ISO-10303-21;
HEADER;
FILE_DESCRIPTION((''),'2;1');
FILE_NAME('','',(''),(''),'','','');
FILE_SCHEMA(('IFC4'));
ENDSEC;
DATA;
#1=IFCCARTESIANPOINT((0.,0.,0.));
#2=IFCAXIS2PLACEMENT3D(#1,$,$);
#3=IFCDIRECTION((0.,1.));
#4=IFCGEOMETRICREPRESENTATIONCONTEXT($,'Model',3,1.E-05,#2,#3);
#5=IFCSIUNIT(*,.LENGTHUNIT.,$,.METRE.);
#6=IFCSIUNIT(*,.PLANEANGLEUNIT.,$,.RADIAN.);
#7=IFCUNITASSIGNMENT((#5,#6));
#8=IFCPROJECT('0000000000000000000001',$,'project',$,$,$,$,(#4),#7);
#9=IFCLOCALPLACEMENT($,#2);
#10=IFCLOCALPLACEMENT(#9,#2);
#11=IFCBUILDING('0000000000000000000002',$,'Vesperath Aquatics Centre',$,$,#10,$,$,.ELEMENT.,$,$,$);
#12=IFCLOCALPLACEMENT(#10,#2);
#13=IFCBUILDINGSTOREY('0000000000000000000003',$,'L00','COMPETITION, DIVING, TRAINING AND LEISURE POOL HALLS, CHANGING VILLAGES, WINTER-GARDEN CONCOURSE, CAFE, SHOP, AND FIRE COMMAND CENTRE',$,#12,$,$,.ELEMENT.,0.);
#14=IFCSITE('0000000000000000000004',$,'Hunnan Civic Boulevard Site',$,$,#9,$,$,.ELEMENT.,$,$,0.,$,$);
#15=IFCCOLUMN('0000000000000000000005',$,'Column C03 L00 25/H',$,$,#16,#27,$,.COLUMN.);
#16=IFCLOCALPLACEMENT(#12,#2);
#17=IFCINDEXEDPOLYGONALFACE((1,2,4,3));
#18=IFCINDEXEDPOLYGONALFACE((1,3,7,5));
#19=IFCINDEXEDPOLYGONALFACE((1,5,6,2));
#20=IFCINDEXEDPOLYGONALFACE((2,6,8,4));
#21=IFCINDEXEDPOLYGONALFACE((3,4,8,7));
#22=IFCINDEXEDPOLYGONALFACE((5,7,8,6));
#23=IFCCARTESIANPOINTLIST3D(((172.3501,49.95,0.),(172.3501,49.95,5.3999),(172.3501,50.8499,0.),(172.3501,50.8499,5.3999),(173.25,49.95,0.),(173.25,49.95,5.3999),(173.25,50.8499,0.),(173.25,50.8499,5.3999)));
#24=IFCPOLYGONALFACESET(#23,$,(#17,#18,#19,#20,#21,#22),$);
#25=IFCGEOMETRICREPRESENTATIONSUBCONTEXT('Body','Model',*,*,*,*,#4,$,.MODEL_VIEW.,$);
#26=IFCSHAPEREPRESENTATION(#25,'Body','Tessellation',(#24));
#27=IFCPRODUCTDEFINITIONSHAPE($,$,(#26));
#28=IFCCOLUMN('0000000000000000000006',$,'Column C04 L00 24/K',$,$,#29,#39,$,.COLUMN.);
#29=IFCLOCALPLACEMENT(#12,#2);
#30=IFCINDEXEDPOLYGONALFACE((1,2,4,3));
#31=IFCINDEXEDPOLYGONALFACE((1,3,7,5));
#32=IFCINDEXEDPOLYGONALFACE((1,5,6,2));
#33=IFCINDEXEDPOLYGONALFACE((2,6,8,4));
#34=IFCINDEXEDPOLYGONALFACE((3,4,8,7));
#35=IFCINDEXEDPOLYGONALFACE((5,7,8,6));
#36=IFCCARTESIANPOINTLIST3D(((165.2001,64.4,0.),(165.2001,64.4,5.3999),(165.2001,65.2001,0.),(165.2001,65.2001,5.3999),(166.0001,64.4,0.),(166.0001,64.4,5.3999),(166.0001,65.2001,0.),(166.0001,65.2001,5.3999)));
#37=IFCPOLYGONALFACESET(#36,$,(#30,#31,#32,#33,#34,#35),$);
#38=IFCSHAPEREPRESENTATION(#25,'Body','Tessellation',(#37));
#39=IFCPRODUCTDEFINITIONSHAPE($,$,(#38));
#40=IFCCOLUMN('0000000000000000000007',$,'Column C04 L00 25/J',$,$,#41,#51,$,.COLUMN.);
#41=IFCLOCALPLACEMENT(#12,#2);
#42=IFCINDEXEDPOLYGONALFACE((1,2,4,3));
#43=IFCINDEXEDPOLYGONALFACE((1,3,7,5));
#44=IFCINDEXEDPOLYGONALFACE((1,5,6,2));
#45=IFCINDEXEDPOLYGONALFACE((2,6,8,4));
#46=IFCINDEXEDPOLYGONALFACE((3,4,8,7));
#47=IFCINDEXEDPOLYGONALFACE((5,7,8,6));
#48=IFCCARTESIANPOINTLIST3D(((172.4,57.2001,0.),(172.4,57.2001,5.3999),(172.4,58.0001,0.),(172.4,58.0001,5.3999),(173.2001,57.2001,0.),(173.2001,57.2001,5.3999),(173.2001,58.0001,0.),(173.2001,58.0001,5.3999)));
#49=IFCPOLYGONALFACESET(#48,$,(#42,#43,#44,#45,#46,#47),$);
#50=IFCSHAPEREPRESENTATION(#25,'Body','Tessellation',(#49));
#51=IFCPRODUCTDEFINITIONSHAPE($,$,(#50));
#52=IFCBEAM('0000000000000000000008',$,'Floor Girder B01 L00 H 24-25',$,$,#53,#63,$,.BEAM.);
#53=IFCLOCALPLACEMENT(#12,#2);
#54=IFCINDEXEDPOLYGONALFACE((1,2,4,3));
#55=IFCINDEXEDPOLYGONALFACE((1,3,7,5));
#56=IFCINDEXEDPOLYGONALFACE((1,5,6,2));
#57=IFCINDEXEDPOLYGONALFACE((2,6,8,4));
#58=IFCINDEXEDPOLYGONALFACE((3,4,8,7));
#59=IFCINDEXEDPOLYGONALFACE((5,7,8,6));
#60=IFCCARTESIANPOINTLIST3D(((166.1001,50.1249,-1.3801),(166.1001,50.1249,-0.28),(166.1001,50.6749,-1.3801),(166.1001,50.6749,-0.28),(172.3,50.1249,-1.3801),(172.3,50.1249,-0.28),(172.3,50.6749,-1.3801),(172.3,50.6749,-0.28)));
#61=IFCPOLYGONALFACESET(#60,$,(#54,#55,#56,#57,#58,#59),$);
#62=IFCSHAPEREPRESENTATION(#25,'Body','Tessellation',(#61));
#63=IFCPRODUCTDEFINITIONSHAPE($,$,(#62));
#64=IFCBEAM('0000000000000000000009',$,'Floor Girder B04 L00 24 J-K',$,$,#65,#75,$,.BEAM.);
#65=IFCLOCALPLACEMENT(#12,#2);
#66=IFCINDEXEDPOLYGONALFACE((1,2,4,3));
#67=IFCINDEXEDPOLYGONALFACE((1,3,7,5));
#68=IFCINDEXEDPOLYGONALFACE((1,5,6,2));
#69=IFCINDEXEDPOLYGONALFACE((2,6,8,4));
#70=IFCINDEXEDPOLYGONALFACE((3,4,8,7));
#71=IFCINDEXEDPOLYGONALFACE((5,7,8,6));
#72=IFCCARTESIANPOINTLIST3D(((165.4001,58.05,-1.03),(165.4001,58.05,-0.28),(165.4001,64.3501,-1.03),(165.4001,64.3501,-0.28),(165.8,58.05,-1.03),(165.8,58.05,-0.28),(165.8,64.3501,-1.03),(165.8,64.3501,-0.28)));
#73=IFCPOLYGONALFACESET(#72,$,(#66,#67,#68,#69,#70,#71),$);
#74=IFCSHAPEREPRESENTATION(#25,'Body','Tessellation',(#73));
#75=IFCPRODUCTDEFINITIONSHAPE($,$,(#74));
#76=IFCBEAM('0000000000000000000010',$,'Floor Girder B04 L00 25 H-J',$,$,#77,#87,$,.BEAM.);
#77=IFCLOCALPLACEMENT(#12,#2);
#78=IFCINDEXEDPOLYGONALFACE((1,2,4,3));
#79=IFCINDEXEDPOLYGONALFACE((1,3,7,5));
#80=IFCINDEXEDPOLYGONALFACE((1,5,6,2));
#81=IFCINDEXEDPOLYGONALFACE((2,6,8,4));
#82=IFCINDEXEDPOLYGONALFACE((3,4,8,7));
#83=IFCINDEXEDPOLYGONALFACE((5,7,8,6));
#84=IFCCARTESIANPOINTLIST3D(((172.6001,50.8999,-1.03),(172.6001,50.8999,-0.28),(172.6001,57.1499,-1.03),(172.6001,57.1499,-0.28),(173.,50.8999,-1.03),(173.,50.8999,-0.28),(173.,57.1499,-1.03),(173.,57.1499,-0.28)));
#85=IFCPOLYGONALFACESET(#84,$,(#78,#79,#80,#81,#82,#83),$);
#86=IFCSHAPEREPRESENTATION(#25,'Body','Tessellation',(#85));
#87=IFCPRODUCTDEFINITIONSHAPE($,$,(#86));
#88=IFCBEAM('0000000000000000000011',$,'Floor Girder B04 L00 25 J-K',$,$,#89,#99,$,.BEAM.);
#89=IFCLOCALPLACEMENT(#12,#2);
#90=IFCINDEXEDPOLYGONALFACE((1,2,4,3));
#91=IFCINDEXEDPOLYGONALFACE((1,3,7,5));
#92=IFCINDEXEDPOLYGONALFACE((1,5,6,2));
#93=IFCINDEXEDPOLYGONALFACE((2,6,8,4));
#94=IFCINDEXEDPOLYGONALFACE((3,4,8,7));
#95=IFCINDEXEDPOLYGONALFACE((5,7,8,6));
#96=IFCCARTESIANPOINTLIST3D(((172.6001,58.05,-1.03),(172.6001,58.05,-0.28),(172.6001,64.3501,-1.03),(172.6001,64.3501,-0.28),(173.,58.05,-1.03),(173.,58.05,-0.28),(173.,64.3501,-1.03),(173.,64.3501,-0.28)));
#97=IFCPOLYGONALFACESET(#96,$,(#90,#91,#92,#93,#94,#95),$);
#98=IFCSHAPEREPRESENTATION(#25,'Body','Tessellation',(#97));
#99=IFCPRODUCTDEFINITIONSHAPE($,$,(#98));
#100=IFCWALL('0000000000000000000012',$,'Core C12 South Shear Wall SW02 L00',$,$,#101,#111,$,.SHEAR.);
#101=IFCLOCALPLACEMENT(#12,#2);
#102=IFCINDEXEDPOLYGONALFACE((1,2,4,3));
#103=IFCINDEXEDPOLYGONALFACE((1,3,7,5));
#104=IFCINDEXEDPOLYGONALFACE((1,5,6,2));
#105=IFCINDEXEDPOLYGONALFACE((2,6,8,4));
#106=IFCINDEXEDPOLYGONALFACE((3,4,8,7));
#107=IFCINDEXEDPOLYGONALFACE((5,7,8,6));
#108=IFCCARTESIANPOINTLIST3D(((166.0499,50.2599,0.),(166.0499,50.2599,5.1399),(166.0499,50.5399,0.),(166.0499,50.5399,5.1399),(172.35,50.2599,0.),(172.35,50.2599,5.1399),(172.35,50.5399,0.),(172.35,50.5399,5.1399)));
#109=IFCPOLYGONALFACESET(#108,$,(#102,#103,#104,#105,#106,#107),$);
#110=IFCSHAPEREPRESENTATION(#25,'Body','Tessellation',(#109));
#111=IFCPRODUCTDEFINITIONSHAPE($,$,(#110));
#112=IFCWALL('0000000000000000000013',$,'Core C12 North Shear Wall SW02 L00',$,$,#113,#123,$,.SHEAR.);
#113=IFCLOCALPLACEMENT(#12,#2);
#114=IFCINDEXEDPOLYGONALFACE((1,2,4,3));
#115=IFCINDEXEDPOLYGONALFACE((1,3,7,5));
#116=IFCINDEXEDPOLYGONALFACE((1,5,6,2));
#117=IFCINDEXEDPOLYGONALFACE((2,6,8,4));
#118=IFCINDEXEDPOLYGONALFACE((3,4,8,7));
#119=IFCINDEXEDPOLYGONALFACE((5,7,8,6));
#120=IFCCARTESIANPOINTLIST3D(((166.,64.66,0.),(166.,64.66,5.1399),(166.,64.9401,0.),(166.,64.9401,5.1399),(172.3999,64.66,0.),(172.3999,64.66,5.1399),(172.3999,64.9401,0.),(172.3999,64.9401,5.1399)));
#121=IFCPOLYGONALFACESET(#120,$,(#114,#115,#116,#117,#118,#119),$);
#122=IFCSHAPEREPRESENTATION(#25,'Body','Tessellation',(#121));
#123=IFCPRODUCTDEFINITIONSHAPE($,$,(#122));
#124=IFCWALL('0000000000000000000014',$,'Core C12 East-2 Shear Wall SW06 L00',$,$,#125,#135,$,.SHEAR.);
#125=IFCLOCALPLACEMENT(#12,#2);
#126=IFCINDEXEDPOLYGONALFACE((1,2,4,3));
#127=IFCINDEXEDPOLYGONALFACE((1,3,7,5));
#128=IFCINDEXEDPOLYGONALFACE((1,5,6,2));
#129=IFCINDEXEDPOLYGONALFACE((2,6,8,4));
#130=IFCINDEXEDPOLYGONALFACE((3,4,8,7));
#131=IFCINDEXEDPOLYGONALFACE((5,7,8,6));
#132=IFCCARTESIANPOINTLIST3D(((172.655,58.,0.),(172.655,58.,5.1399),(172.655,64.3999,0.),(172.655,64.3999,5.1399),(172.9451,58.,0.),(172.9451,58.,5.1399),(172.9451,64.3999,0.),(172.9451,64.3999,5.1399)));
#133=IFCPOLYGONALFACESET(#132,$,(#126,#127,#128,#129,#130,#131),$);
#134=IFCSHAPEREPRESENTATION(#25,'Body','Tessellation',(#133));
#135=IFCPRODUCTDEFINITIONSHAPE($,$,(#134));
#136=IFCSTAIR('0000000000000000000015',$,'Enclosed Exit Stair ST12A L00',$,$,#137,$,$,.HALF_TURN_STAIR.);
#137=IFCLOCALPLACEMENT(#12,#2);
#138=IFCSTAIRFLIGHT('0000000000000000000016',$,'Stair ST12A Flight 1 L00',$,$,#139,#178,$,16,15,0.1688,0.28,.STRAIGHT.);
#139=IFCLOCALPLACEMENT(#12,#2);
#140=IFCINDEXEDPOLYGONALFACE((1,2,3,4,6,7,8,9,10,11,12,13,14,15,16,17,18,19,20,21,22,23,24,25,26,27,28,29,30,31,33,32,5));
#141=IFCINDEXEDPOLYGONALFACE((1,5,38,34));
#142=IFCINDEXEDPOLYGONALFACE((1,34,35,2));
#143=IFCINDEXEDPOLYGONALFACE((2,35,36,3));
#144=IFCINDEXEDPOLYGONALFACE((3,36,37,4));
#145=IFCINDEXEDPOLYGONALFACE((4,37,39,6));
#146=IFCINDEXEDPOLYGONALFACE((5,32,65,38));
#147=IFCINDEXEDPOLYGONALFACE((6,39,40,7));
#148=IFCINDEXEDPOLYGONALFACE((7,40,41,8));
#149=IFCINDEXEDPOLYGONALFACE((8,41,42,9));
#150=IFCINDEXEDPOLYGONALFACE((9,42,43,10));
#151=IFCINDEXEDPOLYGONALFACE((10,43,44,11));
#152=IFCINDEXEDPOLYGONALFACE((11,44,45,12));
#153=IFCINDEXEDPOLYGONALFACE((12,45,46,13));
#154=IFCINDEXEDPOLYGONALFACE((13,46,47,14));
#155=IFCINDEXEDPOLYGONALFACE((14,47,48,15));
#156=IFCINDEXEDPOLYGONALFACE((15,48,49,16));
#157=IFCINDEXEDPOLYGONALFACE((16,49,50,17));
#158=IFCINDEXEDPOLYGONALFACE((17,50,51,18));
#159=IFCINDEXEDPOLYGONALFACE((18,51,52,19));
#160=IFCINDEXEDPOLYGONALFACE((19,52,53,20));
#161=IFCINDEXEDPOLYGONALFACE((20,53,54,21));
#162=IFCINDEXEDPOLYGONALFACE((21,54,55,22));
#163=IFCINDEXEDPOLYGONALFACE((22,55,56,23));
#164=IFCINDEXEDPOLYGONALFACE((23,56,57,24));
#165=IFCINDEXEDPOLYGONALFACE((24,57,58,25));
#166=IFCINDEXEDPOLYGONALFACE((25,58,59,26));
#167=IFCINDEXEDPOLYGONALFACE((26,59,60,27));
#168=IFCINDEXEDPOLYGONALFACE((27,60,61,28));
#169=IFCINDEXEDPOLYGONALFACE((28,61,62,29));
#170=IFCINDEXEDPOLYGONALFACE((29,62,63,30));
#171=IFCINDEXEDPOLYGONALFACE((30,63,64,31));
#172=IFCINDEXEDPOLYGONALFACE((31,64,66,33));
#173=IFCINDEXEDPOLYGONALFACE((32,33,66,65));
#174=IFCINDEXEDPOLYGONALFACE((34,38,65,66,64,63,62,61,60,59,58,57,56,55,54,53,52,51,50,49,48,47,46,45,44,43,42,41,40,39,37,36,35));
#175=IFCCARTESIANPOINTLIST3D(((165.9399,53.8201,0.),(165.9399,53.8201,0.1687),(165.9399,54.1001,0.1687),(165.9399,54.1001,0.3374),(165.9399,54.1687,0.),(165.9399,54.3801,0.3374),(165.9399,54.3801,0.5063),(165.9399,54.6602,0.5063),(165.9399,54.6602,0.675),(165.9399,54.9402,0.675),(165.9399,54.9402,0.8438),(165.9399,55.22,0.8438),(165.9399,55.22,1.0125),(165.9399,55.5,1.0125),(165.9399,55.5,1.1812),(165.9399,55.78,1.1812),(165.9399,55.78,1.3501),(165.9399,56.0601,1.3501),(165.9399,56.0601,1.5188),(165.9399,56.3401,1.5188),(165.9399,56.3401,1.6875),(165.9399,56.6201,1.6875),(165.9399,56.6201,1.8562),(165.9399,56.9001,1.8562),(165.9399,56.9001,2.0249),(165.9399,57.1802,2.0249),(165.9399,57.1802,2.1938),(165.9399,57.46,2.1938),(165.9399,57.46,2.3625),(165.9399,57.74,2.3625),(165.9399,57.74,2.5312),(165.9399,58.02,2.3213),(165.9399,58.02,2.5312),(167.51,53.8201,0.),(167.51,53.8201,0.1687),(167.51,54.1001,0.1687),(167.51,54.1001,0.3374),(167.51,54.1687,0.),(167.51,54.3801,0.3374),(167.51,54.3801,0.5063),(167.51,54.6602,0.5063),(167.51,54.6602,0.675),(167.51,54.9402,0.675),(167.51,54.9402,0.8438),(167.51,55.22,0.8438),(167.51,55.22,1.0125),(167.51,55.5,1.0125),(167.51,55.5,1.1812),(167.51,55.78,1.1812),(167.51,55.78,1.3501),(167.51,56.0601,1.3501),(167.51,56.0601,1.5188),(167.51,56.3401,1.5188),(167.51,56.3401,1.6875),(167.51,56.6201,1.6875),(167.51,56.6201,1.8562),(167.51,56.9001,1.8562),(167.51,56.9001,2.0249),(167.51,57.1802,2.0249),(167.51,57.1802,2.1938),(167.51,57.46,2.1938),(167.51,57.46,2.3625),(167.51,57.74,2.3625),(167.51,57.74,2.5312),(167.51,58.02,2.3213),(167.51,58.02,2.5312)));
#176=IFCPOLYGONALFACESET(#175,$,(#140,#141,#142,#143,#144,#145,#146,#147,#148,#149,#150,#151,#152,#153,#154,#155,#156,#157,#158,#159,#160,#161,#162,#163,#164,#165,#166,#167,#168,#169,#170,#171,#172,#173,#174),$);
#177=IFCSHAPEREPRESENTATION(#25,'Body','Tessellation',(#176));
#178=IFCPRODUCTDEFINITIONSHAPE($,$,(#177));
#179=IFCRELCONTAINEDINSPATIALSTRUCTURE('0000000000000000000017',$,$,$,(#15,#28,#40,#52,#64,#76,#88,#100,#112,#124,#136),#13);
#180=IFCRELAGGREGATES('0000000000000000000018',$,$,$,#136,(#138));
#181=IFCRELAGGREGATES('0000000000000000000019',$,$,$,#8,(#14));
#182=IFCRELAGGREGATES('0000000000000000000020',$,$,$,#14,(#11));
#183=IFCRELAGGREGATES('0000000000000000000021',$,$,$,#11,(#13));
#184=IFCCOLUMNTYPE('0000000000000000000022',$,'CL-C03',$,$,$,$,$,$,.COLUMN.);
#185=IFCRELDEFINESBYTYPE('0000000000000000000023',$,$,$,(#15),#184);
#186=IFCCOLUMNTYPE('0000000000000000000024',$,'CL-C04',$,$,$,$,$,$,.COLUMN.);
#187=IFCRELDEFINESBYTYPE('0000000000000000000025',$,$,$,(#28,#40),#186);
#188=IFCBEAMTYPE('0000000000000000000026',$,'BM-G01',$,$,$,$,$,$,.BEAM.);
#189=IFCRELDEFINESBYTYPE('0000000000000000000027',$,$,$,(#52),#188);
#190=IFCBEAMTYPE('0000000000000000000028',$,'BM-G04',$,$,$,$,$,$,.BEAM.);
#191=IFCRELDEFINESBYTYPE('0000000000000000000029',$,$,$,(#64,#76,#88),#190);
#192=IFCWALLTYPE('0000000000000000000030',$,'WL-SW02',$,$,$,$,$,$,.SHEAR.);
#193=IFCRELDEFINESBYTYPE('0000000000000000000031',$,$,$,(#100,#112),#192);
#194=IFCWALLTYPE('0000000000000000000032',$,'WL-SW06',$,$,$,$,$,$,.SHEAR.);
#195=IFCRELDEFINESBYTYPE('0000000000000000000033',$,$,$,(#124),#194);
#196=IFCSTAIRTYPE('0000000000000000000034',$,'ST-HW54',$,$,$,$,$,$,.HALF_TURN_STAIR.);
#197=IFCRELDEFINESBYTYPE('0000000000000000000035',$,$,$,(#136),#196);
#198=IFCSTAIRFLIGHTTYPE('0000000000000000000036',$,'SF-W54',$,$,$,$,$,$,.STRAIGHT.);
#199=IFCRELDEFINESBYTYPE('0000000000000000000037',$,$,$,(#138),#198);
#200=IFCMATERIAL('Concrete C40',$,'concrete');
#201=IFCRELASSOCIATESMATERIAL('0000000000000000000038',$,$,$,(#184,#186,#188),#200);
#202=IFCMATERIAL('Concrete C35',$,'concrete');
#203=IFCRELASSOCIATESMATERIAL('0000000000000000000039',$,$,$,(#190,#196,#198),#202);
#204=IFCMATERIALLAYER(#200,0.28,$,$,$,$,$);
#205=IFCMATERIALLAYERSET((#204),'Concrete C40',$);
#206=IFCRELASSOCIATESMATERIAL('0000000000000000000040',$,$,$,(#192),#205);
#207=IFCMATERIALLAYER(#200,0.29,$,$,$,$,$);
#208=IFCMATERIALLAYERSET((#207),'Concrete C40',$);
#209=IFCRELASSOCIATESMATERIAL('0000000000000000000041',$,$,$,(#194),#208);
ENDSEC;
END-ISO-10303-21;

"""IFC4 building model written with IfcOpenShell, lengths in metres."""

from ifc_helpers import new_model, si_unit, direction, frame, frame_2d, origin, origin_2d, place, context, subcontext, project, spatial, polyline, rectangle, outline, extrude, material, layer, layer_set, material_profile, profile_set, type_object, element, aggregate, save


model = new_model("IFC4")

# Units and contexts
model_context = context("Model", 3, precision=1e-05, world=origin(), true_north=direction((0.0, 1.0)))
body_context = subcontext(model_context, "Body", "Model", "MODEL_VIEW")
ifc_project = project(units=[si_unit("LENGTHUNIT", "METRE"), si_unit("PLANEANGLEUNIT", "RADIAN")], contexts=[model_context])

# Site, building, storey
site_placement = place(None, origin())
site = spatial("IfcSite", under=ifc_project, at=site_placement, Name="Hunnan Civic Boulevard Site", CompositionType="ELEMENT", RefElevation=0.0)
building_placement = place(site_placement, origin())
building = spatial("IfcBuilding", under=site, at=building_placement, Name="Vesperath Aquatics Centre", CompositionType="ELEMENT")
storey_placement = place(building_placement, origin())
storey = spatial("IfcBuildingStorey", under=building, at=storey_placement, Name="L00", Description="COMPETITION, DIVING, TRAINING AND LEISURE POOL HALLS, CHANGING VILLAGES, WINTER-GARDEN CONCOURSE, CAFE, SHOP, AND FIRE COMMAND CENTRE", CompositionType="ELEMENT", Elevation=0.0)

# Columns
ifc_material_1 = material(Name="Concrete C40", Category="concrete")
ifc_material_profile_1 = material_profile(ifc_material_1, rectangle(XDim=0.8999, YDim=0.8999, at=origin_2d()), Name="RC 900x900")
ifc_profile_set_1 = profile_set([ifc_material_profile_1], Name="Concrete C40")
column_type_1 = type_object("IfcColumnType", Name="CL-C03", PredefinedType="COLUMN", material=ifc_profile_set_1)
column_placement = place(storey_placement, frame((172.8, 50.3999, 0.0), z_axis=(0.0, 0.0, 1.0), x_axis=(1.0, 0.0, 0.0)))
element("IfcColumn", 1, at=column_placement, inside=storey, type_object=column_type_1, Name="Column C03 L00 25/H", PredefinedType="COLUMN", context=body_context, shape_type="SweptSolid", body=[
    extrude(rectangle(XDim=0.8999, YDim=0.8999, at=origin_2d()), origin(), (0.0, 0.0, 1.0), 5.3999),
])
ifc_material_profile_2 = material_profile(ifc_material_1, rectangle(XDim=0.8, YDim=0.8, at=origin_2d()), Name="RC 800x800")
ifc_profile_set_2 = profile_set([ifc_material_profile_2], Name="Concrete C40")
column_type_2 = type_object("IfcColumnType", Name="CL-C04", PredefinedType="COLUMN", material=ifc_profile_set_2)
for number, where, z_axis, x_axis, name in (
    (2, (165.6001, 64.8, 0.0), (0.0, 0.0, 1.0), (1.0, 0.0, 0.0), "Column C04 L00 24/K"),
    (3, (172.8, 57.6001, 0.0), (0.0, 0.0, 1.0), (1.0, 0.0, 0.0), "Column C04 L00 25/J"),
):
    element("IfcColumn", number, at=place(storey_placement, frame(where, z_axis=z_axis, x_axis=x_axis)), inside=storey, type_object=column_type_2, Name=name, PredefinedType="COLUMN", context=body_context, shape_type="SweptSolid", body=[
        extrude(rectangle(XDim=0.8, YDim=0.8, at=origin_2d()), origin(), (0.0, 0.0, 1.0), 5.3999),
    ])

# Beams
ifc_material_profile_3 = material_profile(ifc_material_1, rectangle(XDim=0.55, YDim=1.1001, at=origin_2d()), Name="RC 550x1100")
ifc_profile_set_3 = profile_set([ifc_material_profile_3], Name="Concrete C40")
beam_type_1 = type_object("IfcBeamType", Name="BM-G01", PredefinedType="BEAM", material=ifc_profile_set_3)
beam_1_placement = place(storey_placement, frame((166.1001, 50.3999, -0.8301), z_axis=(1.0, 0.0, 0.0), x_axis=(0.0, 1.0, 0.0)))
element("IfcBeam", 4, at=beam_1_placement, inside=storey, type_object=beam_type_1, Name="Floor Girder B01 L00 H 24-25", PredefinedType="BEAM", context=body_context, shape_type="SweptSolid", body=[
    extrude(rectangle(XDim=0.55, YDim=1.1001, at=origin_2d()), origin(), (0.0, 0.0, 1.0), 6.2),
])
ifc_material_2 = material(Name="Concrete C35", Category="concrete")
ifc_material_profile_4 = material_profile(ifc_material_2, rectangle(XDim=0.3999, YDim=0.75, at=origin_2d()), Name="RC 400x750")
ifc_profile_set_4 = profile_set([ifc_material_profile_4], Name="Concrete C35")
beam_type_2 = type_object("IfcBeamType", Name="BM-G04", PredefinedType="BEAM", material=ifc_profile_set_4)
beam_2_placement = place(storey_placement, frame((165.6001, 58.05, -0.655), z_axis=(0.0, 1.0, 0.0), x_axis=(-1.0, 0.0, 0.0)))
element("IfcBeam", 5, at=beam_2_placement, inside=storey, type_object=beam_type_2, Name="Floor Girder B04 L00 24 J-K", PredefinedType="BEAM", context=body_context, shape_type="SweptSolid", body=[
    extrude(rectangle(XDim=0.3999, YDim=0.75, at=origin_2d()), origin(), (0.0, 0.0, 1.0), 6.3),
])
beam_3_placement = place(storey_placement, frame((172.8, 50.8999, -0.655), z_axis=(0.0, 1.0, 0.0), x_axis=(-1.0, 0.0, 0.0)))
element("IfcBeam", 6, at=beam_3_placement, inside=storey, type_object=beam_type_2, Name="Floor Girder B04 L00 25 H-J", PredefinedType="BEAM", context=body_context, shape_type="SweptSolid", body=[
    extrude(rectangle(XDim=0.3999, YDim=0.75, at=origin_2d()), origin(), (0.0, 0.0, 1.0), 6.25),
])
beam_4_placement = place(storey_placement, frame((172.8, 58.05, -0.655), z_axis=(0.0, 1.0, 0.0), x_axis=(-1.0, 0.0, 0.0)))
element("IfcBeam", 7, at=beam_4_placement, inside=storey, type_object=beam_type_2, Name="Floor Girder B04 L00 25 J-K", PredefinedType="BEAM", context=body_context, shape_type="SweptSolid", body=[
    extrude(rectangle(XDim=0.3999, YDim=0.75, at=origin_2d()), origin(), (0.0, 0.0, 1.0), 6.3),
])

# Walls
ifc_layer_1 = layer(ifc_material_1, 0.28)
ifc_layer_set_1 = layer_set([ifc_layer_1], Name="Concrete C40")
wall_type_1 = type_object("IfcWallType", Name="WL-SW02", PredefinedType="SHEAR", material=ifc_layer_set_1)
wall_1_placement = place(storey_placement, frame((166.05, 50.3999, 0.0), z_axis=(0.0, 0.0, 1.0), x_axis=(1.0, 0.0, 0.0)))
element("IfcWall", 8, at=wall_1_placement, inside=storey, type_object=wall_type_1, Name="Core C12 South Shear Wall SW02 L00", PredefinedType="SHEAR", context=body_context, shape_type="SweptSolid", body=[
    extrude(rectangle(XDim=6.3, YDim=0.28, at=frame_2d((3.1499, 0.0))), origin(), (0.0, 0.0, 1.0), 5.1399),
])
wall_2_placement = place(storey_placement, frame((166.0, 64.8, 0.0), z_axis=(0.0, 0.0, 1.0), x_axis=(1.0, 0.0, 0.0)))
element("IfcWall", 9, at=wall_2_placement, inside=storey, type_object=wall_type_1, Name="Core C12 North Shear Wall SW02 L00", PredefinedType="SHEAR", context=body_context, shape_type="SweptSolid", body=[
    extrude(rectangle(XDim=6.3999, YDim=0.28, at=frame_2d((3.2, 0.0))), origin(), (0.0, 0.0, 1.0), 5.1399),
])

# Shared definitions
ifc_layer_2 = layer(ifc_material_1, 0.29)
ifc_layer_set_2 = layer_set([ifc_layer_2], Name="Concrete C40")
wall_type_2 = type_object("IfcWallType", Name="WL-SW06", PredefinedType="SHEAR", material=ifc_layer_set_2)

# Wall
wall_3_placement = place(storey_placement, frame((172.8, 58.0, 0.0), z_axis=(0.0, 0.0, 1.0), x_axis=(0.0, 1.0, 0.0)))
element("IfcWall", 10, at=wall_3_placement, inside=storey, type_object=wall_type_2, Name="Core C12 East-2 Shear Wall SW06 L00", PredefinedType="SHEAR", context=body_context, shape_type="SweptSolid", body=[
    extrude(rectangle(XDim=6.3999, YDim=0.29, at=frame_2d((3.2, 0.0))), origin(), (0.0, 0.0, 1.0), 5.1399),
])

# Stair, stair flight
stair_type = type_object("IfcStairType", Name="ST-HW54", PredefinedType="HALF_TURN_STAIR", material=ifc_material_2)
stair_1_placement = place(storey_placement, origin())
stair_1 = element("IfcStair", 11, at=stair_1_placement, inside=storey, type_object=stair_type, Name="Enclosed Exit Stair ST12A L00", PredefinedType="HALF_TURN_STAIR")
stair_flight_type = type_object("IfcStairFlightType", Name="SF-W54", PredefinedType="STRAIGHT", material=ifc_material_2)
stair_flight_1_placement = place(storey_placement, frame((166.7251, 53.8201, 0.0), z_axis=(0.0, 0.0, 1.0), x_axis=(0.0, 1.0, 0.0)))
stair_flight_1 = element("IfcStairFlight", 12, at=stair_flight_1_placement, type_object=stair_flight_type, Name="Stair ST12A Flight 1 L00", NumberOfRisers=16, NumberOfTreads=15, PredefinedType="STRAIGHT", RiserHeight=0.1688, TreadLength=0.28, context=body_context, shape_type="SweptSolid", body=[
    extrude(outline(polyline([(0.0, 0.0), (0.0, 0.1687), (0.28, 0.1687), (0.28, 0.3374), (0.5601, 0.3374), (0.5601, 0.5063), (0.8401, 0.5063), (0.8401, 0.675), (1.1201, 0.675), (1.1201, 0.8438), (1.3999, 0.8438), (1.3999, 1.0125), (1.6799, 1.0125), (1.6799, 1.1812), (1.96, 1.1812), (1.96, 1.3501), (2.24, 1.3501), (2.24, 1.5188), (2.52, 1.5188), (2.52, 1.6875), (2.8, 1.6875), (2.8, 1.8562), (3.0801, 1.8562), (3.0801, 2.0249), (3.3601, 2.0249), (3.3601, 2.1938), (3.6399, 2.1938), (3.6399, 2.3625), (3.9199, 2.3625), (3.9199, 2.5312), (4.2, 2.5312), (4.2, 2.7), (4.2, 2.3213), (0.3486, 0.0), (0.0, 0.0)])), frame((0.0, 0.7852, 0.0), z_axis=(0.0, -1.0, 0.0), x_axis=(1.0, 0.0, 0.0)), (0.0, 0.0, 1.0), 1.5701),
])
aggregate(stair_1, [stair_flight_1])

save(model, "model.ifc")
